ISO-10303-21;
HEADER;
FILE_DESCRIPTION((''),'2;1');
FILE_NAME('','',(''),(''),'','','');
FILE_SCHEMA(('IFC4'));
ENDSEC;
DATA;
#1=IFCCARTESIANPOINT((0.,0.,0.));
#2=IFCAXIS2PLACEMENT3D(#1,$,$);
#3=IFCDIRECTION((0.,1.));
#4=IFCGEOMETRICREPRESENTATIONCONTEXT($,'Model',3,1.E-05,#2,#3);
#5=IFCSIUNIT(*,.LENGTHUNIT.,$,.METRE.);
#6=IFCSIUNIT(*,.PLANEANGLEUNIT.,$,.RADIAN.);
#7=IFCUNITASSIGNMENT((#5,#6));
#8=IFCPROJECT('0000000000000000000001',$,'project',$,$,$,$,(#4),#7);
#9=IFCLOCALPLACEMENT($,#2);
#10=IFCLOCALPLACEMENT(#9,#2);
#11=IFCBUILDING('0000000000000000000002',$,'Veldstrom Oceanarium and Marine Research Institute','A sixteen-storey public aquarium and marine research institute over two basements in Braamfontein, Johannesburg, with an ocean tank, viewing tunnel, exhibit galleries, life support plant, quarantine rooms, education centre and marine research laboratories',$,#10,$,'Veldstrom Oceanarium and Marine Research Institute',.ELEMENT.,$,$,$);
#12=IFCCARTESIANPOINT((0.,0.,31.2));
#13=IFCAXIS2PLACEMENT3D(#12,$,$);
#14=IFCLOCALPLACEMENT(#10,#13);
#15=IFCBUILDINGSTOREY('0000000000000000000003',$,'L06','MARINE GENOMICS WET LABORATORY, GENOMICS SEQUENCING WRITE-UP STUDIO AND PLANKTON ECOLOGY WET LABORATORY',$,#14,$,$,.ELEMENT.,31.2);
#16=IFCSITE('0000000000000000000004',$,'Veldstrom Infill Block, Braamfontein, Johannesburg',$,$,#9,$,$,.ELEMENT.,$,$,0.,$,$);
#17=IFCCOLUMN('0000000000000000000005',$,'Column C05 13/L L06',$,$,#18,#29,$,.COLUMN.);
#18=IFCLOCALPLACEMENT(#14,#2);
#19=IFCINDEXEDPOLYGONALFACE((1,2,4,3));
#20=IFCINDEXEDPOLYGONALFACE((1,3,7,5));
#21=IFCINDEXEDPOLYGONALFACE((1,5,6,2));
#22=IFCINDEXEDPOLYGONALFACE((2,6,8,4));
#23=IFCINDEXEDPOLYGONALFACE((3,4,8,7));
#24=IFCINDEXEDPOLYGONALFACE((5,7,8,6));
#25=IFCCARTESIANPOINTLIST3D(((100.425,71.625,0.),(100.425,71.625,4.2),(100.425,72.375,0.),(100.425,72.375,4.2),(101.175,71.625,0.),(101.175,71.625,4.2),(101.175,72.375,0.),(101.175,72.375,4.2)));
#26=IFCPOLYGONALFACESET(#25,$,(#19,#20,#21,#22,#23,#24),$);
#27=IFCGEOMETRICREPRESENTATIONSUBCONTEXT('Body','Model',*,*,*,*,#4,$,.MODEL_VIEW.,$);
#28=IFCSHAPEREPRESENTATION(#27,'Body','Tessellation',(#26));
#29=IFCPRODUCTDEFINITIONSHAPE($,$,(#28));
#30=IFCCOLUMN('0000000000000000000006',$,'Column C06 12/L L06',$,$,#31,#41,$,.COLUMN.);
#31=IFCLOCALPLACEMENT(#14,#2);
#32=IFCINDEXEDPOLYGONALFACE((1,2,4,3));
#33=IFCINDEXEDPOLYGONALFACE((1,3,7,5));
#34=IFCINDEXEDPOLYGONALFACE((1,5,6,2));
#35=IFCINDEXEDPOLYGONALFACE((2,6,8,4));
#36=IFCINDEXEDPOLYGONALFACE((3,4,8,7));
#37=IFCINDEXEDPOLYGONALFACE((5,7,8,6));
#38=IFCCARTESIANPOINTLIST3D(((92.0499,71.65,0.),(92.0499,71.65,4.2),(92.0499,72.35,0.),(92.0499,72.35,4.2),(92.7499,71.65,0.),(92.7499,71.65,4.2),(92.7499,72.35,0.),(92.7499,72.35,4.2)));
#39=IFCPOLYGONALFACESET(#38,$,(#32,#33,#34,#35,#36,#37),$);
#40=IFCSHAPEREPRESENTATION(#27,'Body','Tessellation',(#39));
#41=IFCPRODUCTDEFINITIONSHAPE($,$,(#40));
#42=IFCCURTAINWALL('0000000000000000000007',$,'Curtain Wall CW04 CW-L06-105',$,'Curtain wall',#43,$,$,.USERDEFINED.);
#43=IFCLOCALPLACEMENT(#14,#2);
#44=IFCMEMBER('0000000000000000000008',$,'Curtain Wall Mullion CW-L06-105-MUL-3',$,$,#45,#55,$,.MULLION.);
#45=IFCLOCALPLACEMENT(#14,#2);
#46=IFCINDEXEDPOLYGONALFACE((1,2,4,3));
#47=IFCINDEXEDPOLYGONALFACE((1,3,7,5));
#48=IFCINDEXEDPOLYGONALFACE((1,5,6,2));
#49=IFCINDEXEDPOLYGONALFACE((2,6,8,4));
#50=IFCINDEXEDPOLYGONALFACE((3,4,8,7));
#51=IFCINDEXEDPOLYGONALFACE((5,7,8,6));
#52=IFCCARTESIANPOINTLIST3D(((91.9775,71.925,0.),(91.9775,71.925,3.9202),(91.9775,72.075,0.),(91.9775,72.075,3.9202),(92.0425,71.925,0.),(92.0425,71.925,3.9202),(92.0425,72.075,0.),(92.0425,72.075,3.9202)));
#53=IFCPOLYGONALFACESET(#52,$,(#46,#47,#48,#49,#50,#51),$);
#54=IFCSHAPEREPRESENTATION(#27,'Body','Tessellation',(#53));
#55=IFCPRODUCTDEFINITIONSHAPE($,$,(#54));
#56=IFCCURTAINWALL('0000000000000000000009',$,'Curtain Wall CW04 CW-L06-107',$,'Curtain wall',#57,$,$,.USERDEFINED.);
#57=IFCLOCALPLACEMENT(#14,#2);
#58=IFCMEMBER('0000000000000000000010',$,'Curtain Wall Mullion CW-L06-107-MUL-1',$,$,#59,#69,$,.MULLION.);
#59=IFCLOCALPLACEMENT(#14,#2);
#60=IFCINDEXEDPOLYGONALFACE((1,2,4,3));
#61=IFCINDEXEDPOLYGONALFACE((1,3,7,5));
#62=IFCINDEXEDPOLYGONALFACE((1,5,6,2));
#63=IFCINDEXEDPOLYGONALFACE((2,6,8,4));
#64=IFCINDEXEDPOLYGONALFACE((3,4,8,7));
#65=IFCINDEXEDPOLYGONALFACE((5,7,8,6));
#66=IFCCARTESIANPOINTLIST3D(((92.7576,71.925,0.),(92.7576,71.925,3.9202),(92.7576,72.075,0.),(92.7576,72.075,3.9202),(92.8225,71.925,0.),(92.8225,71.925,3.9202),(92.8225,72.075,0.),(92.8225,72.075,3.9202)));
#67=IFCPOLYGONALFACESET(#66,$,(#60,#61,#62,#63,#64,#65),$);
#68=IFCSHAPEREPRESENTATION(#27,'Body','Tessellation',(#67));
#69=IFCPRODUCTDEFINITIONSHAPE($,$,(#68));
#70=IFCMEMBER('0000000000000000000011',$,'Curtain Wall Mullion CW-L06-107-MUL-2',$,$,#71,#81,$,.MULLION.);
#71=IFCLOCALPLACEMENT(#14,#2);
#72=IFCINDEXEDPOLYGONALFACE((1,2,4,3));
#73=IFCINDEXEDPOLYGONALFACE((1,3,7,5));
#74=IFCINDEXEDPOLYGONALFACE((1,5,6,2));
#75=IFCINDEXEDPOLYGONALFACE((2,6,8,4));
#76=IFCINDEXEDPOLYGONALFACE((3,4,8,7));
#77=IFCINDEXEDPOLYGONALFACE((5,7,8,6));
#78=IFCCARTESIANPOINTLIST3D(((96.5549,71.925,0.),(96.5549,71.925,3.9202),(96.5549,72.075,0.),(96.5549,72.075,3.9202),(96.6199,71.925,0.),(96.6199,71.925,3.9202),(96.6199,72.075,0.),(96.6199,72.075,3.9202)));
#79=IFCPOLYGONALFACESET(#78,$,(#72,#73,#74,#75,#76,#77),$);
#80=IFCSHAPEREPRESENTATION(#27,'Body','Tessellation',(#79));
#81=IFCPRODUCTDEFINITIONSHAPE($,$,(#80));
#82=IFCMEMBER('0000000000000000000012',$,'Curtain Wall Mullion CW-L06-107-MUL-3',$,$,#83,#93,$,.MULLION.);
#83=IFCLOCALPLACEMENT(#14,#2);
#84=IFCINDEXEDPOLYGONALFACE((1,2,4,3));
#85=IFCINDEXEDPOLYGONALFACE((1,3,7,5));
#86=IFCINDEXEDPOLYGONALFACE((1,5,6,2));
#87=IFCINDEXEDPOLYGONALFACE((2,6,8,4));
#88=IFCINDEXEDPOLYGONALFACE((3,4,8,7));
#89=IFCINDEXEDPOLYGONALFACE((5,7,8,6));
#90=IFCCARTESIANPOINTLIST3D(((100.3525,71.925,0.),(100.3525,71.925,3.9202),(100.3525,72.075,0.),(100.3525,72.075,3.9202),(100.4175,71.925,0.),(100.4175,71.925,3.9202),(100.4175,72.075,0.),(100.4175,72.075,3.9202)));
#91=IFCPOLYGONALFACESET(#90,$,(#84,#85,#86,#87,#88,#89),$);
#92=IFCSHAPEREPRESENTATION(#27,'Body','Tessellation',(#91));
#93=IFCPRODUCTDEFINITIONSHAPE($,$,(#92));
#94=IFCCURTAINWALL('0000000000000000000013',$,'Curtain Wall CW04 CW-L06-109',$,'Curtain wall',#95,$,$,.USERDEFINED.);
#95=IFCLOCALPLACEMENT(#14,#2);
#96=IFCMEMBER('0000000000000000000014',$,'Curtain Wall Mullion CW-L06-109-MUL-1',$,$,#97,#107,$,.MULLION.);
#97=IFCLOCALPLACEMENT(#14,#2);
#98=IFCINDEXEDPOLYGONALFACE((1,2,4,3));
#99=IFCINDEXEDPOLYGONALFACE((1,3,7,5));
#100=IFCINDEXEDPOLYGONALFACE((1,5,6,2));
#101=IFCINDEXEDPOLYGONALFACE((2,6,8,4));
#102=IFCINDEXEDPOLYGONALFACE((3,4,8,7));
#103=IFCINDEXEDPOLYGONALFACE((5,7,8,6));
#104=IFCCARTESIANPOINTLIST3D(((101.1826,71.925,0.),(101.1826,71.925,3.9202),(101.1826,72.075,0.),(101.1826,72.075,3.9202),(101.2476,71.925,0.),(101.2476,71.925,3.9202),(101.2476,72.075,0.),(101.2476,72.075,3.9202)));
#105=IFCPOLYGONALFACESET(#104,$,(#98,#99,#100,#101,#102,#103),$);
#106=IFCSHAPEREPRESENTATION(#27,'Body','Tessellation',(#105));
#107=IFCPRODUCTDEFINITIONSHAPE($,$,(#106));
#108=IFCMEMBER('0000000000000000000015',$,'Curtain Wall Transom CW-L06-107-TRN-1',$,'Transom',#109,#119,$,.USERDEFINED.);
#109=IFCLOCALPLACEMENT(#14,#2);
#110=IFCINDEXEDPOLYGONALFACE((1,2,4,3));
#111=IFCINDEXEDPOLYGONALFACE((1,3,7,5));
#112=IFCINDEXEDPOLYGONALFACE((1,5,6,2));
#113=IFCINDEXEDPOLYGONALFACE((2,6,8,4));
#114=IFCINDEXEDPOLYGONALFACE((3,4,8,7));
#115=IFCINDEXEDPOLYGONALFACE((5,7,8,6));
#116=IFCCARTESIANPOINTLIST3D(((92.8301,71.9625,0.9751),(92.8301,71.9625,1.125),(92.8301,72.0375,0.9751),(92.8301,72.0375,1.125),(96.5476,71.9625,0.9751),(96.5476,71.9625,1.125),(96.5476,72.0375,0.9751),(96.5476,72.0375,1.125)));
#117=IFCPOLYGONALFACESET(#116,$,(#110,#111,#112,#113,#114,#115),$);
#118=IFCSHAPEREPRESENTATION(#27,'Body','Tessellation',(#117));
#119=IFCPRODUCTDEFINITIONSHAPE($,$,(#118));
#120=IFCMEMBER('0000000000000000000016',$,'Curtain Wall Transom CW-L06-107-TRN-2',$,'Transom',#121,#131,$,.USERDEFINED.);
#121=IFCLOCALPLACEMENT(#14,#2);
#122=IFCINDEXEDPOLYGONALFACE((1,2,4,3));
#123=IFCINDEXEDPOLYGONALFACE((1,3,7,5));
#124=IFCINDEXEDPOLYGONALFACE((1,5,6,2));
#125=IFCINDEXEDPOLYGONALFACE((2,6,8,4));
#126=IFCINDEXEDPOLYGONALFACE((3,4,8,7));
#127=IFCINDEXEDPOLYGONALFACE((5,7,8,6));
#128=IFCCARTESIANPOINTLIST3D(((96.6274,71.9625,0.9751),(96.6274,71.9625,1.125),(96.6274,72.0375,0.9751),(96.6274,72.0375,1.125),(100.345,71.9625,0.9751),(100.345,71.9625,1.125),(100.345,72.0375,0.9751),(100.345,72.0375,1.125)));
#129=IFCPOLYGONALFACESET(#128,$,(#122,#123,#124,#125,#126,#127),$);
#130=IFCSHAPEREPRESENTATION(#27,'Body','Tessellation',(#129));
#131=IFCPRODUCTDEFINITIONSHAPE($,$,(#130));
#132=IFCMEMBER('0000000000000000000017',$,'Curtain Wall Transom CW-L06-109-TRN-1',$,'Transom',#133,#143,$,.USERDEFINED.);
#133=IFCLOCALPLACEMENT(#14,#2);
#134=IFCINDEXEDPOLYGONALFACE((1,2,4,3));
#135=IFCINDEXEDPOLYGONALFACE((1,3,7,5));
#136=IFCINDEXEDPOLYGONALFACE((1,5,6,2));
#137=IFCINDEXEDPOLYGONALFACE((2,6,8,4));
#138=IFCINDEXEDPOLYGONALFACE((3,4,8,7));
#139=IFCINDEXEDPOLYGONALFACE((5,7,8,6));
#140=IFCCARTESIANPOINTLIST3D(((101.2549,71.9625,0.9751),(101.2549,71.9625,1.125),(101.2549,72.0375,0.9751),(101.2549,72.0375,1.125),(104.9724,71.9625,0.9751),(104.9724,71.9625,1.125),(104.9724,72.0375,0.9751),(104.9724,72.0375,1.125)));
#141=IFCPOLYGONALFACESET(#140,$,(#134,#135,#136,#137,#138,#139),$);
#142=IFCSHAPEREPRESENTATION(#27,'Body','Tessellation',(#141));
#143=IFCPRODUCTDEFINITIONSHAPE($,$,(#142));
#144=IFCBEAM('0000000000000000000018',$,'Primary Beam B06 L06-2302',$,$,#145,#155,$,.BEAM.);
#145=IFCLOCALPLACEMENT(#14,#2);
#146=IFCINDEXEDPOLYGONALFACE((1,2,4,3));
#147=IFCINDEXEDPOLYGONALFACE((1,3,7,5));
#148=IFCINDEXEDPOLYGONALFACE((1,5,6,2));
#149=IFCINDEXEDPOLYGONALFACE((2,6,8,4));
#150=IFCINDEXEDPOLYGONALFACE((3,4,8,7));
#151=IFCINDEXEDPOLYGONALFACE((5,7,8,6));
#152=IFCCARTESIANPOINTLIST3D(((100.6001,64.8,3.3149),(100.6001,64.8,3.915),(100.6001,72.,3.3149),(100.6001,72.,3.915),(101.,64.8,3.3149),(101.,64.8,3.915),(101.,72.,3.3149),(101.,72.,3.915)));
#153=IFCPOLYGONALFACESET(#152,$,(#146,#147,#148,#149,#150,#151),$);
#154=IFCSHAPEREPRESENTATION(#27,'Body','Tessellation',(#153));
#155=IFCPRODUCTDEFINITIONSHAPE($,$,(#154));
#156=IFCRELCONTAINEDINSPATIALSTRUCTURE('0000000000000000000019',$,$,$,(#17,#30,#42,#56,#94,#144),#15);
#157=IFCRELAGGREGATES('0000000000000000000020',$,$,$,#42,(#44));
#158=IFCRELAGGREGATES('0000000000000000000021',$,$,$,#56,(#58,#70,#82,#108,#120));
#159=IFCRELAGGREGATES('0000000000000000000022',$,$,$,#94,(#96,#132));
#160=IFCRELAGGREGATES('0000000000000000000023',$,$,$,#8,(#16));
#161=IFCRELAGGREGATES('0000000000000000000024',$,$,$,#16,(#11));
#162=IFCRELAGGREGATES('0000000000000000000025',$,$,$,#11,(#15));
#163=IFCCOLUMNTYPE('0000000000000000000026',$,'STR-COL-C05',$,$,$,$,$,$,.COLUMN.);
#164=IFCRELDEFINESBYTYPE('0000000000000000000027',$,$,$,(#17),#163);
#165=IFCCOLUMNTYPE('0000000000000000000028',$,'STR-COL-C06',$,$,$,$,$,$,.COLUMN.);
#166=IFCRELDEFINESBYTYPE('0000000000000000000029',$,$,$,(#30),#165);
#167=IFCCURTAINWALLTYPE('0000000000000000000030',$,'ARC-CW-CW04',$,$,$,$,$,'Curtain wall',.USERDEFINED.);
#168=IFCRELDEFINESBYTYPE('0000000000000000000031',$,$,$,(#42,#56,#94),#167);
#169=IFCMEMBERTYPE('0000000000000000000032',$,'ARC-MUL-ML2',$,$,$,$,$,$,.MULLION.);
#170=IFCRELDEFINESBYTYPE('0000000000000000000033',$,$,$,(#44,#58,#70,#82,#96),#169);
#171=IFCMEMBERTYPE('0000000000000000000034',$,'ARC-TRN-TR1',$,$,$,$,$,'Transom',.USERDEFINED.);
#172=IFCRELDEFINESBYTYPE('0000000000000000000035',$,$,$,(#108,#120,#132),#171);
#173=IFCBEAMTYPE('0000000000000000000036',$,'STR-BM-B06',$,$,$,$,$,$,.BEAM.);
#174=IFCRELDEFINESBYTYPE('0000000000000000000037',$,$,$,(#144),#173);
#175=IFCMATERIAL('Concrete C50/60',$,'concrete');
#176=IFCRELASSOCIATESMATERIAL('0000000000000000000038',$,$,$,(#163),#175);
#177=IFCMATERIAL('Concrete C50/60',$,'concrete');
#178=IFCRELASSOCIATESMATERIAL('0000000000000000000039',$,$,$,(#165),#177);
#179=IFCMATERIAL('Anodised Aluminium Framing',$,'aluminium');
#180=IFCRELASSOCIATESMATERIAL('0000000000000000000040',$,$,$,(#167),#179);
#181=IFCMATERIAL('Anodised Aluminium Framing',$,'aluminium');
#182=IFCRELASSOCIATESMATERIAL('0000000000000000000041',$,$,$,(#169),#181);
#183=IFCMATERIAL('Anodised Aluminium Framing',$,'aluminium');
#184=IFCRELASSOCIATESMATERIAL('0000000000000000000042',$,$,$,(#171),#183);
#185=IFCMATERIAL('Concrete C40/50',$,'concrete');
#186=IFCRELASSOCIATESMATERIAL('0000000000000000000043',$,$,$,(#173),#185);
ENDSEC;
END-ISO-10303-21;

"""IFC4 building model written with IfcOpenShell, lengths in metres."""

from ifc_helpers import new_model, si_unit, direction, frame, origin, origin_2d, place, context, subcontext, project, spatial, rectangle, extrude, material, material_profile, profile_set, type_object, element, aggregate, save


model = new_model("IFC4")

# Units and contexts
model_context = context("Model", 3, precision=1e-05, world=origin(), true_north=direction((0.0, 1.0)))
body_context = subcontext(model_context, "Body", "Model", "MODEL_VIEW")
ifc_project = project(units=[si_unit("LENGTHUNIT", "METRE"), si_unit("PLANEANGLEUNIT", "RADIAN")], contexts=[model_context])

# Site, building, storey
site_placement = place(None, origin())
site = spatial("IfcSite", under=ifc_project, at=site_placement, Name="Veldstrom Infill Block, Braamfontein, Johannesburg", CompositionType="ELEMENT", RefElevation=0.0)
building_placement = place(site_placement, origin())
building = spatial("IfcBuilding", under=site, at=building_placement, Name="Veldstrom Oceanarium and Marine Research Institute", Description="A sixteen-storey public aquarium and marine research institute over two basements in Braamfontein, Johannesburg, with an ocean tank, viewing tunnel, exhibit galleries, life support plant, quarantine rooms, education centre and marine research laboratories", LongName="Veldstrom Oceanarium and Marine Research Institute", CompositionType="ELEMENT")
storey_placement = place(building_placement, frame((0.0, 0.0, 31.2)))
storey = spatial("IfcBuildingStorey", under=building, at=storey_placement, Name="L06", Description="MARINE GENOMICS WET LABORATORY, GENOMICS SEQUENCING WRITE-UP STUDIO AND PLANKTON ECOLOGY WET LABORATORY", CompositionType="ELEMENT", Elevation=31.2)

# Columns
ifc_material_1 = material(Name="Concrete C50/60", Category="concrete")
ifc_material_profile_1 = material_profile(ifc_material_1, rectangle(XDim=0.75, YDim=0.75, at=origin_2d()), Name="RC-COL-750x750")
ifc_profile_set_1 = profile_set([ifc_material_profile_1], Name="Concrete C50/60")
column_type_1 = type_object("IfcColumnType", Name="STR-COL-C05", PredefinedType="COLUMN", material=ifc_profile_set_1)
column_1_placement = place(storey_placement, frame((100.8, 72.0, 0.0), z_axis=(0.0, 0.0, 1.0), x_axis=(1.0, 0.0, 0.0)))
element("IfcColumn", 1, at=column_1_placement, inside=storey, type_object=column_type_1, Name="Column C05 13/L L06", PredefinedType="COLUMN", context=body_context, shape_type="SweptSolid", body=[
    extrude(rectangle(XDim=0.75, YDim=0.75, at=origin_2d()), origin(), (0.0, 0.0, 1.0), 4.2),
])
ifc_material_2 = material(Name="Concrete C50/60", Category="concrete")
ifc_material_profile_2 = material_profile(ifc_material_2, rectangle(XDim=0.7, YDim=0.7, at=origin_2d()), Name="RC-COL-700x700")
ifc_profile_set_2 = profile_set([ifc_material_profile_2], Name="Concrete C50/60")
column_type_2 = type_object("IfcColumnType", Name="STR-COL-C06", PredefinedType="COLUMN", material=ifc_profile_set_2)
column_2_placement = place(storey_placement, frame((92.3999, 72.0, 0.0), z_axis=(0.0, 0.0, 1.0), x_axis=(1.0, 0.0, 0.0)))
element("IfcColumn", 2, at=column_2_placement, inside=storey, type_object=column_type_2, Name="Column C06 12/L L06", PredefinedType="COLUMN", context=body_context, shape_type="SweptSolid", body=[
    extrude(rectangle(XDim=0.7, YDim=0.7, at=origin_2d()), origin(), (0.0, 0.0, 1.0), 4.2),
])

# Curtain wall, member
ifc_material_3 = material(Name="Anodised Aluminium Framing", Category="aluminium")
curtain_wall_type = type_object("IfcCurtainWallType", Name="ARC-CW-CW04", ElementType="Curtain wall", PredefinedType="USERDEFINED", material=ifc_material_3)
curtain_wall_1_placement = place(storey_placement, origin())
curtain_wall_1 = element("IfcCurtainWall", 3, at=curtain_wall_1_placement, inside=storey, type_object=curtain_wall_type, Name="Curtain Wall CW04 CW-L06-105", ObjectType="Curtain wall", PredefinedType="USERDEFINED")
ifc_material_4 = material(Name="Anodised Aluminium Framing", Category="aluminium")
ifc_material_profile_3 = material_profile(ifc_material_4, rectangle(XDim=0.0649, YDim=0.1499, at=origin_2d()), Name="ALU-MUL-65x150")
ifc_profile_set_3 = profile_set([ifc_material_profile_3], Name="Anodised Aluminium Framing")
member_type_1 = type_object("IfcMemberType", Name="ARC-MUL-ML2", PredefinedType="MULLION", material=ifc_profile_set_3)
member_1_placement = place(storey_placement, frame((92.01, 72.0, 0.0), z_axis=(0.0, 0.0, 1.0), x_axis=(1.0, 0.0, 0.0)))
member_1 = element("IfcMember", 4, at=member_1_placement, type_object=member_type_1, Name="Curtain Wall Mullion CW-L06-105-MUL-3", PredefinedType="MULLION", context=body_context, shape_type="SweptSolid", body=[
    extrude(rectangle(XDim=0.0649, YDim=0.1499, at=origin_2d()), origin(), (0.0, 0.0, 1.0), 3.9202),
])
aggregate(curtain_wall_1, [member_1])

# Curtain wall, members
curtain_wall_2_placement = place(storey_placement, origin())
curtain_wall_2 = element("IfcCurtainWall", 5, at=curtain_wall_2_placement, inside=storey, type_object=curtain_wall_type, Name="Curtain Wall CW04 CW-L06-107", ObjectType="Curtain wall", PredefinedType="USERDEFINED")
member_2_placement = place(storey_placement, frame((92.79, 72.0, 0.0), z_axis=(0.0, 0.0, 1.0), x_axis=(1.0, 0.0, 0.0)))
member_2 = element("IfcMember", 6, at=member_2_placement, type_object=member_type_1, Name="Curtain Wall Mullion CW-L06-107-MUL-1", PredefinedType="MULLION", context=body_context, shape_type="SweptSolid", body=[
    extrude(rectangle(XDim=0.0649, YDim=0.1499, at=origin_2d()), origin(), (0.0, 0.0, 1.0), 3.9202),
])
member_3_placement = place(storey_placement, frame((96.5874, 72.0, 0.0), z_axis=(0.0, 0.0, 1.0), x_axis=(1.0, 0.0, 0.0)))
member_3 = element("IfcMember", 7, at=member_3_placement, type_object=member_type_1, Name="Curtain Wall Mullion CW-L06-107-MUL-2", PredefinedType="MULLION", context=body_context, shape_type="SweptSolid", body=[
    extrude(rectangle(XDim=0.0649, YDim=0.1499, at=origin_2d()), origin(), (0.0, 0.0, 1.0), 3.9202),
])
member_4_placement = place(storey_placement, frame((100.385, 72.0, 0.0), z_axis=(0.0, 0.0, 1.0), x_axis=(1.0, 0.0, 0.0)))
member_4 = element("IfcMember", 8, at=member_4_placement, type_object=member_type_1, Name="Curtain Wall Mullion CW-L06-107-MUL-3", PredefinedType="MULLION", context=body_context, shape_type="SweptSolid", body=[
    extrude(rectangle(XDim=0.0649, YDim=0.1499, at=origin_2d()), origin(), (0.0, 0.0, 1.0), 3.9202),
])

# Curtain wall, member
curtain_wall_3_placement = place(storey_placement, origin())
curtain_wall_3 = element("IfcCurtainWall", 9, at=curtain_wall_3_placement, inside=storey, type_object=curtain_wall_type, Name="Curtain Wall CW04 CW-L06-109", ObjectType="Curtain wall", PredefinedType="USERDEFINED")
member_5_placement = place(storey_placement, frame((101.2151, 72.0, 0.0), z_axis=(0.0, 0.0, 1.0), x_axis=(1.0, 0.0, 0.0)))
member_5 = element("IfcMember", 10, at=member_5_placement, type_object=member_type_1, Name="Curtain Wall Mullion CW-L06-109-MUL-1", PredefinedType="MULLION", context=body_context, shape_type="SweptSolid", body=[
    extrude(rectangle(XDim=0.0649, YDim=0.1499, at=origin_2d()), origin(), (0.0, 0.0, 1.0), 3.9202),
])

# Members
ifc_material_5 = material(Name="Anodised Aluminium Framing", Category="aluminium")
ifc_material_profile_4 = material_profile(ifc_material_5, rectangle(XDim=0.075, YDim=0.1499, at=origin_2d()), Name="ALU-TRN-75x150")
ifc_profile_set_4 = profile_set([ifc_material_profile_4], Name="Anodised Aluminium Framing")
member_type_2 = type_object("IfcMemberType", Name="ARC-TRN-TR1", ElementType="Transom", PredefinedType="USERDEFINED", material=ifc_profile_set_4)
member_6_placement = place(storey_placement, frame((92.8301, 72.0, 1.05), z_axis=(1.0, 0.0, 0.0), x_axis=(0.0, 1.0, 0.0)))
member_6 = element("IfcMember", 11, at=member_6_placement, type_object=member_type_2, Name="Curtain Wall Transom CW-L06-107-TRN-1", ObjectType="Transom", PredefinedType="USERDEFINED", context=body_context, shape_type="SweptSolid", body=[
    extrude(rectangle(XDim=0.075, YDim=0.1499, at=origin_2d()), origin(), (0.0, 0.0, 1.0), 3.7175),
])
member_7_placement = place(storey_placement, frame((96.6274, 72.0, 1.05), z_axis=(1.0, 0.0, 0.0), x_axis=(0.0, 1.0, 0.0)))
member_7 = element("IfcMember", 12, at=member_7_placement, type_object=member_type_2, Name="Curtain Wall Transom CW-L06-107-TRN-2", ObjectType="Transom", PredefinedType="USERDEFINED", context=body_context, shape_type="SweptSolid", body=[
    extrude(rectangle(XDim=0.075, YDim=0.1499, at=origin_2d()), origin(), (0.0, 0.0, 1.0), 3.7175),
])
member_8_placement = place(storey_placement, frame((101.2549, 72.0, 1.05), z_axis=(1.0, 0.0, 0.0), x_axis=(0.0, 1.0, 0.0)))
member_8 = element("IfcMember", 13, at=member_8_placement, type_object=member_type_2, Name="Curtain Wall Transom CW-L06-109-TRN-1", ObjectType="Transom", PredefinedType="USERDEFINED", context=body_context, shape_type="SweptSolid", body=[
    extrude(rectangle(XDim=0.075, YDim=0.1499, at=origin_2d()), origin(), (0.0, 0.0, 1.0), 3.7175),
])

# Beam
ifc_material_6 = material(Name="Concrete C40/50", Category="concrete")
ifc_material_profile_5 = material_profile(ifc_material_6, rectangle(XDim=0.3999, YDim=0.6001, at=origin_2d()), Name="RC-BM-400x600")
ifc_profile_set_5 = profile_set([ifc_material_profile_5], Name="Concrete C40/50")
beam_type_1 = type_object("IfcBeamType", Name="STR-BM-B06", PredefinedType="BEAM", material=ifc_profile_set_5)
beam_1_placement = place(storey_placement, frame((100.8, 64.8, 3.615), z_axis=(0.0, 1.0, 0.0), x_axis=(-1.0, 0.0, 0.0)))
element("IfcBeam", 14, at=beam_1_placement, inside=storey, type_object=beam_type_1, Name="Primary Beam B06 L06-2302", PredefinedType="BEAM", context=body_context, shape_type="SweptSolid", body=[
    extrude(rectangle(XDim=0.3999, YDim=0.6001, at=origin_2d()), origin(), (0.0, 0.0, 1.0), 7.2),
])

aggregate(curtain_wall_2, [member_2, member_3, member_4, member_6, member_7])
aggregate(curtain_wall_3, [member_5, member_8])

save(model, "model.ifc")
